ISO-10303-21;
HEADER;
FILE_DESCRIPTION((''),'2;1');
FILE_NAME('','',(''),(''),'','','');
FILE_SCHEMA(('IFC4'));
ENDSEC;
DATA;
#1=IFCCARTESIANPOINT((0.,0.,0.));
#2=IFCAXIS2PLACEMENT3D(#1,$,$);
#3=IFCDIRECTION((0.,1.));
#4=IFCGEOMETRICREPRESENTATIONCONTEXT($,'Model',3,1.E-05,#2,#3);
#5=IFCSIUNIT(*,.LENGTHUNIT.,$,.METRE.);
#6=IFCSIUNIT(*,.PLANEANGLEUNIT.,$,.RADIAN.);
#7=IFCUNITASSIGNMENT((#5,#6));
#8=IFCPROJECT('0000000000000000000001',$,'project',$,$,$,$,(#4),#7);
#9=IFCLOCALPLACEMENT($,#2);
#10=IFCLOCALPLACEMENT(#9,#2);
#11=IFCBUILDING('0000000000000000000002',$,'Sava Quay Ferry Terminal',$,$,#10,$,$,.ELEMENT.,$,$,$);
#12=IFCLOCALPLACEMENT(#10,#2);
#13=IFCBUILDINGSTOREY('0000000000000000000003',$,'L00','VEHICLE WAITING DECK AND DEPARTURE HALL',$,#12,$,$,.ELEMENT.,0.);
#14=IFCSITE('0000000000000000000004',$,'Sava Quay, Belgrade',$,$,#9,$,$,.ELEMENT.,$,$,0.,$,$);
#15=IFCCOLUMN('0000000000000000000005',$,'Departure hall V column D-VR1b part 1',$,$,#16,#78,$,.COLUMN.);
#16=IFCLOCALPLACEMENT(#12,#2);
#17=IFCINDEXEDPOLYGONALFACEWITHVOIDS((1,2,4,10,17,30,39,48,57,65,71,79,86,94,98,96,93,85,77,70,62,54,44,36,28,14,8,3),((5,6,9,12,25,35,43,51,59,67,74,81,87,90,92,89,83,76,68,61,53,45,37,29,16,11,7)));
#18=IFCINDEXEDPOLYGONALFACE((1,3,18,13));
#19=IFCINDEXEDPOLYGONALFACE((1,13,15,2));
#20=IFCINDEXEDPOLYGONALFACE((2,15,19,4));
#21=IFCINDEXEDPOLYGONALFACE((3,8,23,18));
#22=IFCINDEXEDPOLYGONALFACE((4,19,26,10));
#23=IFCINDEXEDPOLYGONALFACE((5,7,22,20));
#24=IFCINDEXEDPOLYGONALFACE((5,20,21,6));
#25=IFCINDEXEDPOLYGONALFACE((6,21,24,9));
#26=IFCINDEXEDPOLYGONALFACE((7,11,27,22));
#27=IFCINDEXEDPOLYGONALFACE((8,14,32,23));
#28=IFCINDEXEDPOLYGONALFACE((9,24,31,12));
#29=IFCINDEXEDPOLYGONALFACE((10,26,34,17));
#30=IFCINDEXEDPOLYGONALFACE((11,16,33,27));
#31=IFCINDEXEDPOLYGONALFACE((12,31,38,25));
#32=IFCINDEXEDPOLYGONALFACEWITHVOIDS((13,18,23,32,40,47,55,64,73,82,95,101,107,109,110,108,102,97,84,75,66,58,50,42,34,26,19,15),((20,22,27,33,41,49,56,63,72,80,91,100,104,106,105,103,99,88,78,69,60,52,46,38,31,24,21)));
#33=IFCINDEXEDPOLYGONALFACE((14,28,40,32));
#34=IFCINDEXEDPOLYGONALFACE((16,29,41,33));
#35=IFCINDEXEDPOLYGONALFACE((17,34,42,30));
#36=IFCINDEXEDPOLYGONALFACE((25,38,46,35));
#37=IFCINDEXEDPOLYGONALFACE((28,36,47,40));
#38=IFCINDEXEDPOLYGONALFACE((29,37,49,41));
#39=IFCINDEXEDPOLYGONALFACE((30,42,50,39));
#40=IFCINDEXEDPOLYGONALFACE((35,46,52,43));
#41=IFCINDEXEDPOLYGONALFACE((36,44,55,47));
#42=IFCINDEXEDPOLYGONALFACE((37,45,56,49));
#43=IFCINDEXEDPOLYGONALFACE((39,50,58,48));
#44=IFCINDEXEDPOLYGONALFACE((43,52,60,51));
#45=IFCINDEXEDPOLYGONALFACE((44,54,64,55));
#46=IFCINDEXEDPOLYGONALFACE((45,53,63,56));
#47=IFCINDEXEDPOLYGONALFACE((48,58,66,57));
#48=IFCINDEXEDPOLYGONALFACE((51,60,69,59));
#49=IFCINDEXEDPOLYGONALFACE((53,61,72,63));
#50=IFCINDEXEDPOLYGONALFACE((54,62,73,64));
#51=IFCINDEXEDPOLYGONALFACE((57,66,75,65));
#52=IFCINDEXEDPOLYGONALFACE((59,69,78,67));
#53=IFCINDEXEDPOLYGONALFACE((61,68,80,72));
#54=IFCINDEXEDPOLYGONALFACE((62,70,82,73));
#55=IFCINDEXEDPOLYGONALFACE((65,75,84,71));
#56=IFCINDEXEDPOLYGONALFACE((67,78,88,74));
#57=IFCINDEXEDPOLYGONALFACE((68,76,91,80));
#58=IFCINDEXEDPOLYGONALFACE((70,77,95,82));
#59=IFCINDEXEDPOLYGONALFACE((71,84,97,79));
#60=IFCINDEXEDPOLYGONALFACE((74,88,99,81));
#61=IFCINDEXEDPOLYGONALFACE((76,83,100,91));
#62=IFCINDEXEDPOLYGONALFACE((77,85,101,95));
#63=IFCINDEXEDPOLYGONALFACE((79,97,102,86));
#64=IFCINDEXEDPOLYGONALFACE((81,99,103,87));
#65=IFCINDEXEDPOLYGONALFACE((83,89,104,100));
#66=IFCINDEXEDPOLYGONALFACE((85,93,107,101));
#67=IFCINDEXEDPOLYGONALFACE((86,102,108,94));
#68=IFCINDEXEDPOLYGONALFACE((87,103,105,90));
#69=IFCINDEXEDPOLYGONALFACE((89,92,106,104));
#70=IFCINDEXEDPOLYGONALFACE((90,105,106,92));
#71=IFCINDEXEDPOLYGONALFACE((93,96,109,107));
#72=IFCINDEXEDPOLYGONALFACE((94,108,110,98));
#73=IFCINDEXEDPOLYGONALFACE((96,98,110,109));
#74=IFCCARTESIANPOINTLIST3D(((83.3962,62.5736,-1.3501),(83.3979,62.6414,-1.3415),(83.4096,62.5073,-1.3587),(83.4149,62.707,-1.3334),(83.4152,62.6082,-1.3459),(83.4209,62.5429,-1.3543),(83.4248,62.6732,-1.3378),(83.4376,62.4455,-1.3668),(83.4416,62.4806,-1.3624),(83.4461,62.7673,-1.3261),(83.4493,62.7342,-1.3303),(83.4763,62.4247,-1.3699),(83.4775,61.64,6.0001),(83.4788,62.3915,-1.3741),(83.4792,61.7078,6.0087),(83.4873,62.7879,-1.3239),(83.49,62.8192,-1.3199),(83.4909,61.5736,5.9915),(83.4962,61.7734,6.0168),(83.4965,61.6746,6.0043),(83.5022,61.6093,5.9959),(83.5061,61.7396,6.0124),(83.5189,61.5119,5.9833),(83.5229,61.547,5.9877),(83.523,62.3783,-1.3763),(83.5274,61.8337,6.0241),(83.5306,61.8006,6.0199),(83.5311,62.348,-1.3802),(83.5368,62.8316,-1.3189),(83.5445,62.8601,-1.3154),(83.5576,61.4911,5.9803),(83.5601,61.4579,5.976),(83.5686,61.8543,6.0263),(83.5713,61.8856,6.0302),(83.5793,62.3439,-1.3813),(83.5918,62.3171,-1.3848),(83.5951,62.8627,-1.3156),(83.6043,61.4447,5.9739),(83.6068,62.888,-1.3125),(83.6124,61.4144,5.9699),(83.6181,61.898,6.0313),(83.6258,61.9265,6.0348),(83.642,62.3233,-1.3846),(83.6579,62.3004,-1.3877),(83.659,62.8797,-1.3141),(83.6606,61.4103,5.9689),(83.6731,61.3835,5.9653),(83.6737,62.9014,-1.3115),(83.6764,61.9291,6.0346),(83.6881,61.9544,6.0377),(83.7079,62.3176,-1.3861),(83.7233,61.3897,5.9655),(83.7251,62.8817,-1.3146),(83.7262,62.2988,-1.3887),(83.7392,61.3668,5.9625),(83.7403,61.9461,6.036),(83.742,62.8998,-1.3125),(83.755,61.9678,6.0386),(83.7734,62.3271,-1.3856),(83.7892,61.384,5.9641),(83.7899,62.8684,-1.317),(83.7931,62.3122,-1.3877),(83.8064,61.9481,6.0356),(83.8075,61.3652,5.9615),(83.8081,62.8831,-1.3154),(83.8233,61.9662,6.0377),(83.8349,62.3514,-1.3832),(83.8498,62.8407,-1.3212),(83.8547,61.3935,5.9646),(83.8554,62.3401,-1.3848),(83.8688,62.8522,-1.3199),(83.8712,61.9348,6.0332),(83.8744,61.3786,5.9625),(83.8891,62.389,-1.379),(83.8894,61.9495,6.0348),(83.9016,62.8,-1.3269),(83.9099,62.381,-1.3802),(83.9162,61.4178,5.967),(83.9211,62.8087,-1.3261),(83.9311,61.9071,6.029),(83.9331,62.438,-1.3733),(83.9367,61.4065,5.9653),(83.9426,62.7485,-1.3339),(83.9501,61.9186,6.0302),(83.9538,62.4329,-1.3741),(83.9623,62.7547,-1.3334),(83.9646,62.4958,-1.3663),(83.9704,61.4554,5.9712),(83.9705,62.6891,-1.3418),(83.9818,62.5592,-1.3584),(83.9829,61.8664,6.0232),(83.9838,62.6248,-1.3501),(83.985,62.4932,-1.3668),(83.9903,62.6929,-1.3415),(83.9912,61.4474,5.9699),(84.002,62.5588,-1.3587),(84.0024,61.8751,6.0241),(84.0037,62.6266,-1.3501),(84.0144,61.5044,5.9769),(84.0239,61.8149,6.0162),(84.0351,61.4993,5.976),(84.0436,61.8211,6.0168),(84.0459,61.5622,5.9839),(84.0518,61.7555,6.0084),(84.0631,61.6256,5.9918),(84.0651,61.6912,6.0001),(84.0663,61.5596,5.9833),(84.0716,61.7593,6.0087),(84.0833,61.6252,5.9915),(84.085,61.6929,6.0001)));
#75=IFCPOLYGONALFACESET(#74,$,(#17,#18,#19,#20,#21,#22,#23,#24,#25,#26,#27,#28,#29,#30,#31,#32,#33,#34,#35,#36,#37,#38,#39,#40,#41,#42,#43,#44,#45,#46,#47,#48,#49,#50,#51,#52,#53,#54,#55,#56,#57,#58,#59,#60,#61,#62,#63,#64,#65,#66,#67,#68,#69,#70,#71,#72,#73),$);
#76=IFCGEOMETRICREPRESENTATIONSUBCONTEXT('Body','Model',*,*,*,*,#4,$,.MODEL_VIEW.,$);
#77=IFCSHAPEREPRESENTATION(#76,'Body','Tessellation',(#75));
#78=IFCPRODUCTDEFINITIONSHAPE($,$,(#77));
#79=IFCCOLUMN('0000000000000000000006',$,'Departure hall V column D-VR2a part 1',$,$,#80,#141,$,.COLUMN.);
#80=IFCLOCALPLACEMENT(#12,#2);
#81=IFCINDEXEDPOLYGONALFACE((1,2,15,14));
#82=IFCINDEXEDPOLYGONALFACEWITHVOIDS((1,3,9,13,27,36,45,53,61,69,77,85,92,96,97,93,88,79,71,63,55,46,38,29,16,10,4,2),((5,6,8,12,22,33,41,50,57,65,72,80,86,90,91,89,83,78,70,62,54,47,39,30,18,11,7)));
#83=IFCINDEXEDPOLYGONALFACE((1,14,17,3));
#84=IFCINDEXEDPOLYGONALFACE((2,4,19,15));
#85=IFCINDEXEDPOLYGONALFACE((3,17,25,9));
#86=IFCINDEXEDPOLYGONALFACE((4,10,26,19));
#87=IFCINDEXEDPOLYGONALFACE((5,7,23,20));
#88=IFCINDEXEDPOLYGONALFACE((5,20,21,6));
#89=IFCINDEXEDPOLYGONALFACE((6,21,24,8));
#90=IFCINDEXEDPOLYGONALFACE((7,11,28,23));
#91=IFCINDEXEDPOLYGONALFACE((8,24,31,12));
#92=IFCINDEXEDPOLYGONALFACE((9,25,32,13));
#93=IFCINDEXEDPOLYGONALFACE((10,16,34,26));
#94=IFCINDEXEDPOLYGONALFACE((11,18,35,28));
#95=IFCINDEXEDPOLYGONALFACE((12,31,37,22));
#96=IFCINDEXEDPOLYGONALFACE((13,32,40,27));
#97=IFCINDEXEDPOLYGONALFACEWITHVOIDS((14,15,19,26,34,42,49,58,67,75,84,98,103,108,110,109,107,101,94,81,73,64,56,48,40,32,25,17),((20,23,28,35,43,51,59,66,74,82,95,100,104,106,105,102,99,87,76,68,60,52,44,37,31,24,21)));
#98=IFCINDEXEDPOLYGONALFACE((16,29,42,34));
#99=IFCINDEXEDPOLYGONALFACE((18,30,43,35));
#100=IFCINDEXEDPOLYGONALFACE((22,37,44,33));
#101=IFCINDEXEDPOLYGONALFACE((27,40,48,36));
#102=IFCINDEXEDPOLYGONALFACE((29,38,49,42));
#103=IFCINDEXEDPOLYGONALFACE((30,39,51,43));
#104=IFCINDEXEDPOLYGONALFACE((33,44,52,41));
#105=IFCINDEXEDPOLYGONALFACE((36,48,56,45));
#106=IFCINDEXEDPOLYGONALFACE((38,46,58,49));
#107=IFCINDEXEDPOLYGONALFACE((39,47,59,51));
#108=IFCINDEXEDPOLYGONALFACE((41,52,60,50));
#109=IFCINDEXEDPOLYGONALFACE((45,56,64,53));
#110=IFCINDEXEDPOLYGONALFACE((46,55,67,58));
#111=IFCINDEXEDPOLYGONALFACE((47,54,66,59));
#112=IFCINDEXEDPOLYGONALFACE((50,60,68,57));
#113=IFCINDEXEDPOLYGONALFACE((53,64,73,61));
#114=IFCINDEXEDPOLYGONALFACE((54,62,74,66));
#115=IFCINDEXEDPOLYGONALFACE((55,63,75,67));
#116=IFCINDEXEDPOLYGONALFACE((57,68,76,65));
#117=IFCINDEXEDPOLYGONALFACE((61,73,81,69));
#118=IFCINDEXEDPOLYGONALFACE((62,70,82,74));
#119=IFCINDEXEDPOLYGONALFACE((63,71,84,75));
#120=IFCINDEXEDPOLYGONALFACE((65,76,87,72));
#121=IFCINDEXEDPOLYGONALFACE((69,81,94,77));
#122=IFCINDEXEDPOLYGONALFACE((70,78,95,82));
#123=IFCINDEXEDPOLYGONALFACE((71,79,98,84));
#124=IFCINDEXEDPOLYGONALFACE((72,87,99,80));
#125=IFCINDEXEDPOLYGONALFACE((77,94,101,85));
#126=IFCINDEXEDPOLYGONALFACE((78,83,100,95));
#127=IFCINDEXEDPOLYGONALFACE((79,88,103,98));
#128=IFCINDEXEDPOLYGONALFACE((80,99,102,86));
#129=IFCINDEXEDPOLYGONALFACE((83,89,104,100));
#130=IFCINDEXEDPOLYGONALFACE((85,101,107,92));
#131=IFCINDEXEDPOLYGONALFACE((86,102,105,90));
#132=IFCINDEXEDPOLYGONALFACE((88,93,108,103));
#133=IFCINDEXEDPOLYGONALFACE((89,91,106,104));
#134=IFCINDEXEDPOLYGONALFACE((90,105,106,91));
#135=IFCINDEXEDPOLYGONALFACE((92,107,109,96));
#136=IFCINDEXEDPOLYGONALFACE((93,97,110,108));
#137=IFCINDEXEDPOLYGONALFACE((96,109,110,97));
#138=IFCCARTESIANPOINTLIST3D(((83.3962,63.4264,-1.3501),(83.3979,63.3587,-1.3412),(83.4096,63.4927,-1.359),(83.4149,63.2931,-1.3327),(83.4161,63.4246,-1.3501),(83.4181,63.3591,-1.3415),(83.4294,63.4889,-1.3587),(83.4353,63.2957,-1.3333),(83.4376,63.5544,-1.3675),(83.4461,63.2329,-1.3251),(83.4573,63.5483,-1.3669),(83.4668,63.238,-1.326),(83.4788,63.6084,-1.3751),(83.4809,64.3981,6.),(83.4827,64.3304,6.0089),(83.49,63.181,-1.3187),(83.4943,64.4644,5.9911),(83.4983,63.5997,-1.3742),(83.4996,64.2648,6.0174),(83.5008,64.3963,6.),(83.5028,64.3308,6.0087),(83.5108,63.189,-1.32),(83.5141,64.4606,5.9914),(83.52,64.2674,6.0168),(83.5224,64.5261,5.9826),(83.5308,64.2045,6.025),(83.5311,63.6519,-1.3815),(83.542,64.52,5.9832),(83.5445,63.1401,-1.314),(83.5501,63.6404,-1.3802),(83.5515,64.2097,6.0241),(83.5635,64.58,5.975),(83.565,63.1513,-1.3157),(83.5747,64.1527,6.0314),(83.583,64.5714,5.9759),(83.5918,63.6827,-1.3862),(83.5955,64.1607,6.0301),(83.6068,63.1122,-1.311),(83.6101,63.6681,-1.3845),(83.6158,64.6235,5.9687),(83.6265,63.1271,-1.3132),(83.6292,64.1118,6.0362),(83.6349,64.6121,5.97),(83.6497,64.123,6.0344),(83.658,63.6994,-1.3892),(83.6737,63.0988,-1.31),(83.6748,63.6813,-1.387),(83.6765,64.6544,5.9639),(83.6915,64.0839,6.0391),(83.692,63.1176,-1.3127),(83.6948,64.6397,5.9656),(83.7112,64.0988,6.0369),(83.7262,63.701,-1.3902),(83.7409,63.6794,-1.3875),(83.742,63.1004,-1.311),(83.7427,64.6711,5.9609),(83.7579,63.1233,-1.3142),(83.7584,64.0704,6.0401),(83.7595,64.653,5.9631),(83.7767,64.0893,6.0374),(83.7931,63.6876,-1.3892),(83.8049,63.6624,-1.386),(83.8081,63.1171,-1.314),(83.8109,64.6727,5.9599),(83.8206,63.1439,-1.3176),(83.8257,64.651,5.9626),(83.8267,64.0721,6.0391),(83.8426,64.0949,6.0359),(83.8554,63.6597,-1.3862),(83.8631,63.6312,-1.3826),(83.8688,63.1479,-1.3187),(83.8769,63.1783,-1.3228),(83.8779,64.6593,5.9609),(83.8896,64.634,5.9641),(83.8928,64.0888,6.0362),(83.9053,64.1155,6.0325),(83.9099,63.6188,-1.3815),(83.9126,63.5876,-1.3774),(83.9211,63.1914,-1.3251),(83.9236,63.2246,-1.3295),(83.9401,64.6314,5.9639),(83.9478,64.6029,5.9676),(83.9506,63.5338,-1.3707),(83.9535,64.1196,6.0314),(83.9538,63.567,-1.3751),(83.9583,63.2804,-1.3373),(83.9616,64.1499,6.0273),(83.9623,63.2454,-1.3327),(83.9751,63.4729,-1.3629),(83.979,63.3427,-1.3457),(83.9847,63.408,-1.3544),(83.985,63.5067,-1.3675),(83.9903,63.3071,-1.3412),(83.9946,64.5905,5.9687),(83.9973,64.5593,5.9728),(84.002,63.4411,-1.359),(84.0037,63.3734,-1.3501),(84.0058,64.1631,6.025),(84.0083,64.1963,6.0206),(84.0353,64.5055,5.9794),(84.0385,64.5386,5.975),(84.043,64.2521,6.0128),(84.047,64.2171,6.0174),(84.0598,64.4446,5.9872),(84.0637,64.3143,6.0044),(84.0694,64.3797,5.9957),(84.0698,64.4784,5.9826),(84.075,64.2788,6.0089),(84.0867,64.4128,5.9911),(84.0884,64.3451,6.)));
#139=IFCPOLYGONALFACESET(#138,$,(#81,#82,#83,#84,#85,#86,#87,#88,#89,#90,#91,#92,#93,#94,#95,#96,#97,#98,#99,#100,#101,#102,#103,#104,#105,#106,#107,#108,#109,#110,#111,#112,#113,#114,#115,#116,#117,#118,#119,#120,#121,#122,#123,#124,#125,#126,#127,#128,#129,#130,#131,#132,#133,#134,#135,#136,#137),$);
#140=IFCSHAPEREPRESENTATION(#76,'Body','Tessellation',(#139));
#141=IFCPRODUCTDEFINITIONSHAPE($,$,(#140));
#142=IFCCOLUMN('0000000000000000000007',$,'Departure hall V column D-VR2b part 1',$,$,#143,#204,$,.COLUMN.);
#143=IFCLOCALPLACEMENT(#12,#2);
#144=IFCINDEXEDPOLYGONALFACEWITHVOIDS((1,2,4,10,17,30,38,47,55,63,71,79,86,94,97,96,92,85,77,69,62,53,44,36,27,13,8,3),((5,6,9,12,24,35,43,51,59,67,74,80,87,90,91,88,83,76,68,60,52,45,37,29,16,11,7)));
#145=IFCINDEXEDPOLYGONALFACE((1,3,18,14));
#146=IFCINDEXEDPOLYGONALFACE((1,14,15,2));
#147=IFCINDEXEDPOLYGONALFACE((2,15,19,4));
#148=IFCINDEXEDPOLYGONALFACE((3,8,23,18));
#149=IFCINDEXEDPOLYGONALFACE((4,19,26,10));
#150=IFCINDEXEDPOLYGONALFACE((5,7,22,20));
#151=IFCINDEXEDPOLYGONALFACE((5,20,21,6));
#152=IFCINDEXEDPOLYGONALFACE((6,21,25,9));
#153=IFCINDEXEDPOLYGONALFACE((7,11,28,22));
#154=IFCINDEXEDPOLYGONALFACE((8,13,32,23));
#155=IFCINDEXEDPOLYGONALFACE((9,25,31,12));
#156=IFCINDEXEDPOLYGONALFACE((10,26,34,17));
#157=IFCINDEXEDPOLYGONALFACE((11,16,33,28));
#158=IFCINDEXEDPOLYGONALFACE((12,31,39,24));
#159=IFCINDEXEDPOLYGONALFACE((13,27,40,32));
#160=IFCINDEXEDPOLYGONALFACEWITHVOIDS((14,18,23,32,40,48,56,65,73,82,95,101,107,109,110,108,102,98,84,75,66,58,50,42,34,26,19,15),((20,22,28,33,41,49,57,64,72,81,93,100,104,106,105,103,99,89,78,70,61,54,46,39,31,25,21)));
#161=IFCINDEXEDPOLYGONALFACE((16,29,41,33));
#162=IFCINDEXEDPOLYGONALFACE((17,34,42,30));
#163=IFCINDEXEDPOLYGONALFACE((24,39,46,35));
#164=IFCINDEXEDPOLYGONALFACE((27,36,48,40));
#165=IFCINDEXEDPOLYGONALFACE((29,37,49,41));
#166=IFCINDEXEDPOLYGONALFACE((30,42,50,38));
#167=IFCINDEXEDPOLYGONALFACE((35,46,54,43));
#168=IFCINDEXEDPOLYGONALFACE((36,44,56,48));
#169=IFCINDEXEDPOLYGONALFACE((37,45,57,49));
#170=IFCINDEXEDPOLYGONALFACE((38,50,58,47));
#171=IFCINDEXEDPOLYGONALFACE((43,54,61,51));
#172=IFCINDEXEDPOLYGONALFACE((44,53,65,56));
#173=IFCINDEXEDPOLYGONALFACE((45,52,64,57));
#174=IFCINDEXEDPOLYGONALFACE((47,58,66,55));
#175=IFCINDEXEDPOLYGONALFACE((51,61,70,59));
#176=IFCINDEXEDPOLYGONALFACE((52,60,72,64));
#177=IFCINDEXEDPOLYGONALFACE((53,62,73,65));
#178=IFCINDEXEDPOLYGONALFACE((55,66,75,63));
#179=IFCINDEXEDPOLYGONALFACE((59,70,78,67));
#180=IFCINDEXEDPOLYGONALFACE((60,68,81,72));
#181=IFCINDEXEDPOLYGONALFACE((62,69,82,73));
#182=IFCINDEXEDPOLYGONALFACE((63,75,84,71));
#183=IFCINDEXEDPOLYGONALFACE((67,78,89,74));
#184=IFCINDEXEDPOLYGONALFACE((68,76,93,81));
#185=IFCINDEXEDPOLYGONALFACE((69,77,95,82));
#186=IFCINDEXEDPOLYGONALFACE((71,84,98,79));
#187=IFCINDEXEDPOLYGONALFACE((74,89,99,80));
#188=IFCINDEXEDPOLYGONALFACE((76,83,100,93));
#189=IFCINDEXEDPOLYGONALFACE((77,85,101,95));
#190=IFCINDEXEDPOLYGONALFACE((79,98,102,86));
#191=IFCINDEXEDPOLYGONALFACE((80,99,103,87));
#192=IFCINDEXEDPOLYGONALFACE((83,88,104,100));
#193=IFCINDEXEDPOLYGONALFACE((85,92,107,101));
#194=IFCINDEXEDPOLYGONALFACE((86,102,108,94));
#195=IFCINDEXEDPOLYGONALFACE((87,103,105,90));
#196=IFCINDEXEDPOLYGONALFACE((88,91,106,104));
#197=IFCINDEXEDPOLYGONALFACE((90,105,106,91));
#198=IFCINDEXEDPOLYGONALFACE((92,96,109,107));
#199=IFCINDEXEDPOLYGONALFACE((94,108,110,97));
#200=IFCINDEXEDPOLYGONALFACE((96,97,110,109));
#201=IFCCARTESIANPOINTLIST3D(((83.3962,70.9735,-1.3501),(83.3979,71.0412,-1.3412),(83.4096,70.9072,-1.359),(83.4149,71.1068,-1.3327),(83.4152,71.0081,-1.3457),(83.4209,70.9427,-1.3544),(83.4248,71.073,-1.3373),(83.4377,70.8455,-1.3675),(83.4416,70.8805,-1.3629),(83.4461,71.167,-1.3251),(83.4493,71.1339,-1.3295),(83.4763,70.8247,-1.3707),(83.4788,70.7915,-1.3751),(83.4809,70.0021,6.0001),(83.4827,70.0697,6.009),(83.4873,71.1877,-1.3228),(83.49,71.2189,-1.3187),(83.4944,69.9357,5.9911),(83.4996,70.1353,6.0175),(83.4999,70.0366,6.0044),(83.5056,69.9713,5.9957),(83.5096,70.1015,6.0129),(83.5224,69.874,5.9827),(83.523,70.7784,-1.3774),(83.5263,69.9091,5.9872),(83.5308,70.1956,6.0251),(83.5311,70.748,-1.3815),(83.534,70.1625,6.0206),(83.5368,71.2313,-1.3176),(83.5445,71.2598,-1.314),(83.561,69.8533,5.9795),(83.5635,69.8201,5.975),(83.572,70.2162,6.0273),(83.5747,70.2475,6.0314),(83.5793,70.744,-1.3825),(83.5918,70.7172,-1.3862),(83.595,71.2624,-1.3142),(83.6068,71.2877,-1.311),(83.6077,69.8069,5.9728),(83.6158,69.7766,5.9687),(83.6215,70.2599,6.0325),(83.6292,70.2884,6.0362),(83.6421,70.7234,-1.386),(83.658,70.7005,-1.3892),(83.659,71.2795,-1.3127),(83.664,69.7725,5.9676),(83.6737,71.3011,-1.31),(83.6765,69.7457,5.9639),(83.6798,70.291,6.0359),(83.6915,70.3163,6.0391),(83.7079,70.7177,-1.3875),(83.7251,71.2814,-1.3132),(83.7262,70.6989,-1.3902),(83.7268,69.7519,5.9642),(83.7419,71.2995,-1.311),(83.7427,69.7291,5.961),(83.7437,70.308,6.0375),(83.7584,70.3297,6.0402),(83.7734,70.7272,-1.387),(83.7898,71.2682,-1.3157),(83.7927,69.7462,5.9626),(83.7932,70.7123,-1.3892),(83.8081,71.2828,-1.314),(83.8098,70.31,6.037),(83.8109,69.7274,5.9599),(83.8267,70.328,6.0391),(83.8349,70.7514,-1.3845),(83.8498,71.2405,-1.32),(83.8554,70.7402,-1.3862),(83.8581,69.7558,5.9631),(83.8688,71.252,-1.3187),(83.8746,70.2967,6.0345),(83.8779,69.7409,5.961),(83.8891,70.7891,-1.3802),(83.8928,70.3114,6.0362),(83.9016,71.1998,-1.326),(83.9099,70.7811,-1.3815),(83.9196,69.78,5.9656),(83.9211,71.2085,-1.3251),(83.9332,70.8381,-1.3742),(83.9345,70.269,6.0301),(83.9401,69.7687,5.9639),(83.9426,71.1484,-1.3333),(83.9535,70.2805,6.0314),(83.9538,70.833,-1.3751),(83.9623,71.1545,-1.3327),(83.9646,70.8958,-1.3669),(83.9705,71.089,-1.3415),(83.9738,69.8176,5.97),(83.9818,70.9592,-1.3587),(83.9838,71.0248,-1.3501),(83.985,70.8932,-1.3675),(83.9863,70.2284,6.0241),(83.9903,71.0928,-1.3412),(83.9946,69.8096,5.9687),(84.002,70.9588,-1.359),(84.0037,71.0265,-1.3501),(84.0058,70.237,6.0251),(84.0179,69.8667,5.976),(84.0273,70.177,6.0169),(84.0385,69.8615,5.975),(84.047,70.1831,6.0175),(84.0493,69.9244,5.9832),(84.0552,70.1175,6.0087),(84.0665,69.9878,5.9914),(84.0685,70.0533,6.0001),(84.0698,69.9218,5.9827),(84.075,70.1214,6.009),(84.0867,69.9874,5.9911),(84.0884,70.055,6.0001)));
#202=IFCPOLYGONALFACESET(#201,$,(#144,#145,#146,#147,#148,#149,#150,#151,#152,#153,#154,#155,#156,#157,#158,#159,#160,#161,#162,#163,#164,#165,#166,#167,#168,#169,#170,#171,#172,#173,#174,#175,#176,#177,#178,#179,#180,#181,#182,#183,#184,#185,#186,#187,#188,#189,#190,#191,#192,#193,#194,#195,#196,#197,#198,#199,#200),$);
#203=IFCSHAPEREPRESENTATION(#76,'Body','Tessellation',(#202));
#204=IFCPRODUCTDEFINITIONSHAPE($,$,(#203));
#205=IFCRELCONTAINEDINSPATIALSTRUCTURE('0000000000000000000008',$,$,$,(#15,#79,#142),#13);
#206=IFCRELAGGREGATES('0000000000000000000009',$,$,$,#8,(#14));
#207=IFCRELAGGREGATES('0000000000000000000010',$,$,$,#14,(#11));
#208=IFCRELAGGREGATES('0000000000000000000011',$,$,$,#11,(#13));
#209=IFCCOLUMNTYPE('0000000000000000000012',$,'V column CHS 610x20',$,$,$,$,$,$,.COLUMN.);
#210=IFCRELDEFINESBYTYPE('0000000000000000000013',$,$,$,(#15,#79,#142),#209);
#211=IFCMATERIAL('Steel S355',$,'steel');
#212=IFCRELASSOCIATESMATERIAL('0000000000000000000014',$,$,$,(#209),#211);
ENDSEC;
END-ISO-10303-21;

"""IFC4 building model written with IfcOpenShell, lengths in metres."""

from ifc_helpers import new_model, si_unit, direction, frame, origin, origin_2d, place, context, subcontext, project, spatial, hollow_circle, extrude, material, material_profile, profile_set, type_object, element, save


model = new_model("IFC4")

# Units and contexts
model_context = context("Model", 3, precision=1e-05, world=origin(), true_north=direction((0.0, 1.0)))
body_context = subcontext(model_context, "Body", "Model", "MODEL_VIEW")
ifc_project = project(units=[si_unit("LENGTHUNIT", "METRE"), si_unit("PLANEANGLEUNIT", "RADIAN")], contexts=[model_context])

# Site, building, storey
site_placement = place(None, origin())
site = spatial("IfcSite", under=ifc_project, at=site_placement, Name="Sava Quay, Belgrade", CompositionType="ELEMENT", RefElevation=0.0)
building_placement = place(site_placement, origin())
building = spatial("IfcBuilding", under=site, at=building_placement, Name="Sava Quay Ferry Terminal", CompositionType="ELEMENT")
storey_placement = place(building_placement, origin())
storey = spatial("IfcBuildingStorey", under=building, at=storey_placement, Name="L00", Description="VEHICLE WAITING DECK AND DEPARTURE HALL", CompositionType="ELEMENT", Elevation=0.0)

# Columns
ifc_material_1 = material(Name="Steel S355", Category="steel")
ifc_material_profile_1 = material_profile(ifc_material_1, hollow_circle(Radius=0.3049, WallThickness=0.02, at=origin_2d()), Name="CHS 610 x 20.0")
ifc_profile_set_1 = profile_set([ifc_material_profile_1], Name="Steel S355")
column_type_1 = type_object("IfcColumnType", Name="V column CHS 610x20", PredefinedType="COLUMN", material=ifc_profile_set_1)
column_1_placement = place(storey_placement, frame((83.7, 62.6001, -1.3501), z_axis=(0.010972, -0.125998, 0.99197), x_axis=(0.99623, 0.086753, 0.0)))
element("IfcColumn", 1, at=column_1_placement, inside=storey, type_object=column_type_1, Name="Departure hall V column D-VR1b part 1", PredefinedType="COLUMN", context=body_context, shape_type="SweptSolid", body=[
    extrude(hollow_circle(Radius=0.3049, WallThickness=0.02, at=origin_2d()), origin(), (0.0, 0.0, 1.0), 7.4097),
])
for number, where, z_axis, x_axis, name in (
    (2, (83.7, 63.3999, -1.3501), (0.011426, 0.131051, 0.99131), (-0.996221, 0.086856, 0.0), "Departure hall V column D-VR2a part 1"),
    (3, (83.7, 71.0, -1.3501), (0.011426, -0.131018, 0.991314), (0.996219, 0.086878, 0.0), "Departure hall V column D-VR2b part 1"),
):
    element("IfcColumn", number, at=place(storey_placement, frame(where, z_axis=z_axis, x_axis=x_axis)), inside=storey, type_object=column_type_1, Name=name, PredefinedType="COLUMN", context=body_context, shape_type="SweptSolid", body=[
        extrude(hollow_circle(Radius=0.3049, WallThickness=0.02, at=origin_2d()), origin(), (0.0, 0.0, 1.0), 7.4146),
    ])

save(model, "model.ifc")
